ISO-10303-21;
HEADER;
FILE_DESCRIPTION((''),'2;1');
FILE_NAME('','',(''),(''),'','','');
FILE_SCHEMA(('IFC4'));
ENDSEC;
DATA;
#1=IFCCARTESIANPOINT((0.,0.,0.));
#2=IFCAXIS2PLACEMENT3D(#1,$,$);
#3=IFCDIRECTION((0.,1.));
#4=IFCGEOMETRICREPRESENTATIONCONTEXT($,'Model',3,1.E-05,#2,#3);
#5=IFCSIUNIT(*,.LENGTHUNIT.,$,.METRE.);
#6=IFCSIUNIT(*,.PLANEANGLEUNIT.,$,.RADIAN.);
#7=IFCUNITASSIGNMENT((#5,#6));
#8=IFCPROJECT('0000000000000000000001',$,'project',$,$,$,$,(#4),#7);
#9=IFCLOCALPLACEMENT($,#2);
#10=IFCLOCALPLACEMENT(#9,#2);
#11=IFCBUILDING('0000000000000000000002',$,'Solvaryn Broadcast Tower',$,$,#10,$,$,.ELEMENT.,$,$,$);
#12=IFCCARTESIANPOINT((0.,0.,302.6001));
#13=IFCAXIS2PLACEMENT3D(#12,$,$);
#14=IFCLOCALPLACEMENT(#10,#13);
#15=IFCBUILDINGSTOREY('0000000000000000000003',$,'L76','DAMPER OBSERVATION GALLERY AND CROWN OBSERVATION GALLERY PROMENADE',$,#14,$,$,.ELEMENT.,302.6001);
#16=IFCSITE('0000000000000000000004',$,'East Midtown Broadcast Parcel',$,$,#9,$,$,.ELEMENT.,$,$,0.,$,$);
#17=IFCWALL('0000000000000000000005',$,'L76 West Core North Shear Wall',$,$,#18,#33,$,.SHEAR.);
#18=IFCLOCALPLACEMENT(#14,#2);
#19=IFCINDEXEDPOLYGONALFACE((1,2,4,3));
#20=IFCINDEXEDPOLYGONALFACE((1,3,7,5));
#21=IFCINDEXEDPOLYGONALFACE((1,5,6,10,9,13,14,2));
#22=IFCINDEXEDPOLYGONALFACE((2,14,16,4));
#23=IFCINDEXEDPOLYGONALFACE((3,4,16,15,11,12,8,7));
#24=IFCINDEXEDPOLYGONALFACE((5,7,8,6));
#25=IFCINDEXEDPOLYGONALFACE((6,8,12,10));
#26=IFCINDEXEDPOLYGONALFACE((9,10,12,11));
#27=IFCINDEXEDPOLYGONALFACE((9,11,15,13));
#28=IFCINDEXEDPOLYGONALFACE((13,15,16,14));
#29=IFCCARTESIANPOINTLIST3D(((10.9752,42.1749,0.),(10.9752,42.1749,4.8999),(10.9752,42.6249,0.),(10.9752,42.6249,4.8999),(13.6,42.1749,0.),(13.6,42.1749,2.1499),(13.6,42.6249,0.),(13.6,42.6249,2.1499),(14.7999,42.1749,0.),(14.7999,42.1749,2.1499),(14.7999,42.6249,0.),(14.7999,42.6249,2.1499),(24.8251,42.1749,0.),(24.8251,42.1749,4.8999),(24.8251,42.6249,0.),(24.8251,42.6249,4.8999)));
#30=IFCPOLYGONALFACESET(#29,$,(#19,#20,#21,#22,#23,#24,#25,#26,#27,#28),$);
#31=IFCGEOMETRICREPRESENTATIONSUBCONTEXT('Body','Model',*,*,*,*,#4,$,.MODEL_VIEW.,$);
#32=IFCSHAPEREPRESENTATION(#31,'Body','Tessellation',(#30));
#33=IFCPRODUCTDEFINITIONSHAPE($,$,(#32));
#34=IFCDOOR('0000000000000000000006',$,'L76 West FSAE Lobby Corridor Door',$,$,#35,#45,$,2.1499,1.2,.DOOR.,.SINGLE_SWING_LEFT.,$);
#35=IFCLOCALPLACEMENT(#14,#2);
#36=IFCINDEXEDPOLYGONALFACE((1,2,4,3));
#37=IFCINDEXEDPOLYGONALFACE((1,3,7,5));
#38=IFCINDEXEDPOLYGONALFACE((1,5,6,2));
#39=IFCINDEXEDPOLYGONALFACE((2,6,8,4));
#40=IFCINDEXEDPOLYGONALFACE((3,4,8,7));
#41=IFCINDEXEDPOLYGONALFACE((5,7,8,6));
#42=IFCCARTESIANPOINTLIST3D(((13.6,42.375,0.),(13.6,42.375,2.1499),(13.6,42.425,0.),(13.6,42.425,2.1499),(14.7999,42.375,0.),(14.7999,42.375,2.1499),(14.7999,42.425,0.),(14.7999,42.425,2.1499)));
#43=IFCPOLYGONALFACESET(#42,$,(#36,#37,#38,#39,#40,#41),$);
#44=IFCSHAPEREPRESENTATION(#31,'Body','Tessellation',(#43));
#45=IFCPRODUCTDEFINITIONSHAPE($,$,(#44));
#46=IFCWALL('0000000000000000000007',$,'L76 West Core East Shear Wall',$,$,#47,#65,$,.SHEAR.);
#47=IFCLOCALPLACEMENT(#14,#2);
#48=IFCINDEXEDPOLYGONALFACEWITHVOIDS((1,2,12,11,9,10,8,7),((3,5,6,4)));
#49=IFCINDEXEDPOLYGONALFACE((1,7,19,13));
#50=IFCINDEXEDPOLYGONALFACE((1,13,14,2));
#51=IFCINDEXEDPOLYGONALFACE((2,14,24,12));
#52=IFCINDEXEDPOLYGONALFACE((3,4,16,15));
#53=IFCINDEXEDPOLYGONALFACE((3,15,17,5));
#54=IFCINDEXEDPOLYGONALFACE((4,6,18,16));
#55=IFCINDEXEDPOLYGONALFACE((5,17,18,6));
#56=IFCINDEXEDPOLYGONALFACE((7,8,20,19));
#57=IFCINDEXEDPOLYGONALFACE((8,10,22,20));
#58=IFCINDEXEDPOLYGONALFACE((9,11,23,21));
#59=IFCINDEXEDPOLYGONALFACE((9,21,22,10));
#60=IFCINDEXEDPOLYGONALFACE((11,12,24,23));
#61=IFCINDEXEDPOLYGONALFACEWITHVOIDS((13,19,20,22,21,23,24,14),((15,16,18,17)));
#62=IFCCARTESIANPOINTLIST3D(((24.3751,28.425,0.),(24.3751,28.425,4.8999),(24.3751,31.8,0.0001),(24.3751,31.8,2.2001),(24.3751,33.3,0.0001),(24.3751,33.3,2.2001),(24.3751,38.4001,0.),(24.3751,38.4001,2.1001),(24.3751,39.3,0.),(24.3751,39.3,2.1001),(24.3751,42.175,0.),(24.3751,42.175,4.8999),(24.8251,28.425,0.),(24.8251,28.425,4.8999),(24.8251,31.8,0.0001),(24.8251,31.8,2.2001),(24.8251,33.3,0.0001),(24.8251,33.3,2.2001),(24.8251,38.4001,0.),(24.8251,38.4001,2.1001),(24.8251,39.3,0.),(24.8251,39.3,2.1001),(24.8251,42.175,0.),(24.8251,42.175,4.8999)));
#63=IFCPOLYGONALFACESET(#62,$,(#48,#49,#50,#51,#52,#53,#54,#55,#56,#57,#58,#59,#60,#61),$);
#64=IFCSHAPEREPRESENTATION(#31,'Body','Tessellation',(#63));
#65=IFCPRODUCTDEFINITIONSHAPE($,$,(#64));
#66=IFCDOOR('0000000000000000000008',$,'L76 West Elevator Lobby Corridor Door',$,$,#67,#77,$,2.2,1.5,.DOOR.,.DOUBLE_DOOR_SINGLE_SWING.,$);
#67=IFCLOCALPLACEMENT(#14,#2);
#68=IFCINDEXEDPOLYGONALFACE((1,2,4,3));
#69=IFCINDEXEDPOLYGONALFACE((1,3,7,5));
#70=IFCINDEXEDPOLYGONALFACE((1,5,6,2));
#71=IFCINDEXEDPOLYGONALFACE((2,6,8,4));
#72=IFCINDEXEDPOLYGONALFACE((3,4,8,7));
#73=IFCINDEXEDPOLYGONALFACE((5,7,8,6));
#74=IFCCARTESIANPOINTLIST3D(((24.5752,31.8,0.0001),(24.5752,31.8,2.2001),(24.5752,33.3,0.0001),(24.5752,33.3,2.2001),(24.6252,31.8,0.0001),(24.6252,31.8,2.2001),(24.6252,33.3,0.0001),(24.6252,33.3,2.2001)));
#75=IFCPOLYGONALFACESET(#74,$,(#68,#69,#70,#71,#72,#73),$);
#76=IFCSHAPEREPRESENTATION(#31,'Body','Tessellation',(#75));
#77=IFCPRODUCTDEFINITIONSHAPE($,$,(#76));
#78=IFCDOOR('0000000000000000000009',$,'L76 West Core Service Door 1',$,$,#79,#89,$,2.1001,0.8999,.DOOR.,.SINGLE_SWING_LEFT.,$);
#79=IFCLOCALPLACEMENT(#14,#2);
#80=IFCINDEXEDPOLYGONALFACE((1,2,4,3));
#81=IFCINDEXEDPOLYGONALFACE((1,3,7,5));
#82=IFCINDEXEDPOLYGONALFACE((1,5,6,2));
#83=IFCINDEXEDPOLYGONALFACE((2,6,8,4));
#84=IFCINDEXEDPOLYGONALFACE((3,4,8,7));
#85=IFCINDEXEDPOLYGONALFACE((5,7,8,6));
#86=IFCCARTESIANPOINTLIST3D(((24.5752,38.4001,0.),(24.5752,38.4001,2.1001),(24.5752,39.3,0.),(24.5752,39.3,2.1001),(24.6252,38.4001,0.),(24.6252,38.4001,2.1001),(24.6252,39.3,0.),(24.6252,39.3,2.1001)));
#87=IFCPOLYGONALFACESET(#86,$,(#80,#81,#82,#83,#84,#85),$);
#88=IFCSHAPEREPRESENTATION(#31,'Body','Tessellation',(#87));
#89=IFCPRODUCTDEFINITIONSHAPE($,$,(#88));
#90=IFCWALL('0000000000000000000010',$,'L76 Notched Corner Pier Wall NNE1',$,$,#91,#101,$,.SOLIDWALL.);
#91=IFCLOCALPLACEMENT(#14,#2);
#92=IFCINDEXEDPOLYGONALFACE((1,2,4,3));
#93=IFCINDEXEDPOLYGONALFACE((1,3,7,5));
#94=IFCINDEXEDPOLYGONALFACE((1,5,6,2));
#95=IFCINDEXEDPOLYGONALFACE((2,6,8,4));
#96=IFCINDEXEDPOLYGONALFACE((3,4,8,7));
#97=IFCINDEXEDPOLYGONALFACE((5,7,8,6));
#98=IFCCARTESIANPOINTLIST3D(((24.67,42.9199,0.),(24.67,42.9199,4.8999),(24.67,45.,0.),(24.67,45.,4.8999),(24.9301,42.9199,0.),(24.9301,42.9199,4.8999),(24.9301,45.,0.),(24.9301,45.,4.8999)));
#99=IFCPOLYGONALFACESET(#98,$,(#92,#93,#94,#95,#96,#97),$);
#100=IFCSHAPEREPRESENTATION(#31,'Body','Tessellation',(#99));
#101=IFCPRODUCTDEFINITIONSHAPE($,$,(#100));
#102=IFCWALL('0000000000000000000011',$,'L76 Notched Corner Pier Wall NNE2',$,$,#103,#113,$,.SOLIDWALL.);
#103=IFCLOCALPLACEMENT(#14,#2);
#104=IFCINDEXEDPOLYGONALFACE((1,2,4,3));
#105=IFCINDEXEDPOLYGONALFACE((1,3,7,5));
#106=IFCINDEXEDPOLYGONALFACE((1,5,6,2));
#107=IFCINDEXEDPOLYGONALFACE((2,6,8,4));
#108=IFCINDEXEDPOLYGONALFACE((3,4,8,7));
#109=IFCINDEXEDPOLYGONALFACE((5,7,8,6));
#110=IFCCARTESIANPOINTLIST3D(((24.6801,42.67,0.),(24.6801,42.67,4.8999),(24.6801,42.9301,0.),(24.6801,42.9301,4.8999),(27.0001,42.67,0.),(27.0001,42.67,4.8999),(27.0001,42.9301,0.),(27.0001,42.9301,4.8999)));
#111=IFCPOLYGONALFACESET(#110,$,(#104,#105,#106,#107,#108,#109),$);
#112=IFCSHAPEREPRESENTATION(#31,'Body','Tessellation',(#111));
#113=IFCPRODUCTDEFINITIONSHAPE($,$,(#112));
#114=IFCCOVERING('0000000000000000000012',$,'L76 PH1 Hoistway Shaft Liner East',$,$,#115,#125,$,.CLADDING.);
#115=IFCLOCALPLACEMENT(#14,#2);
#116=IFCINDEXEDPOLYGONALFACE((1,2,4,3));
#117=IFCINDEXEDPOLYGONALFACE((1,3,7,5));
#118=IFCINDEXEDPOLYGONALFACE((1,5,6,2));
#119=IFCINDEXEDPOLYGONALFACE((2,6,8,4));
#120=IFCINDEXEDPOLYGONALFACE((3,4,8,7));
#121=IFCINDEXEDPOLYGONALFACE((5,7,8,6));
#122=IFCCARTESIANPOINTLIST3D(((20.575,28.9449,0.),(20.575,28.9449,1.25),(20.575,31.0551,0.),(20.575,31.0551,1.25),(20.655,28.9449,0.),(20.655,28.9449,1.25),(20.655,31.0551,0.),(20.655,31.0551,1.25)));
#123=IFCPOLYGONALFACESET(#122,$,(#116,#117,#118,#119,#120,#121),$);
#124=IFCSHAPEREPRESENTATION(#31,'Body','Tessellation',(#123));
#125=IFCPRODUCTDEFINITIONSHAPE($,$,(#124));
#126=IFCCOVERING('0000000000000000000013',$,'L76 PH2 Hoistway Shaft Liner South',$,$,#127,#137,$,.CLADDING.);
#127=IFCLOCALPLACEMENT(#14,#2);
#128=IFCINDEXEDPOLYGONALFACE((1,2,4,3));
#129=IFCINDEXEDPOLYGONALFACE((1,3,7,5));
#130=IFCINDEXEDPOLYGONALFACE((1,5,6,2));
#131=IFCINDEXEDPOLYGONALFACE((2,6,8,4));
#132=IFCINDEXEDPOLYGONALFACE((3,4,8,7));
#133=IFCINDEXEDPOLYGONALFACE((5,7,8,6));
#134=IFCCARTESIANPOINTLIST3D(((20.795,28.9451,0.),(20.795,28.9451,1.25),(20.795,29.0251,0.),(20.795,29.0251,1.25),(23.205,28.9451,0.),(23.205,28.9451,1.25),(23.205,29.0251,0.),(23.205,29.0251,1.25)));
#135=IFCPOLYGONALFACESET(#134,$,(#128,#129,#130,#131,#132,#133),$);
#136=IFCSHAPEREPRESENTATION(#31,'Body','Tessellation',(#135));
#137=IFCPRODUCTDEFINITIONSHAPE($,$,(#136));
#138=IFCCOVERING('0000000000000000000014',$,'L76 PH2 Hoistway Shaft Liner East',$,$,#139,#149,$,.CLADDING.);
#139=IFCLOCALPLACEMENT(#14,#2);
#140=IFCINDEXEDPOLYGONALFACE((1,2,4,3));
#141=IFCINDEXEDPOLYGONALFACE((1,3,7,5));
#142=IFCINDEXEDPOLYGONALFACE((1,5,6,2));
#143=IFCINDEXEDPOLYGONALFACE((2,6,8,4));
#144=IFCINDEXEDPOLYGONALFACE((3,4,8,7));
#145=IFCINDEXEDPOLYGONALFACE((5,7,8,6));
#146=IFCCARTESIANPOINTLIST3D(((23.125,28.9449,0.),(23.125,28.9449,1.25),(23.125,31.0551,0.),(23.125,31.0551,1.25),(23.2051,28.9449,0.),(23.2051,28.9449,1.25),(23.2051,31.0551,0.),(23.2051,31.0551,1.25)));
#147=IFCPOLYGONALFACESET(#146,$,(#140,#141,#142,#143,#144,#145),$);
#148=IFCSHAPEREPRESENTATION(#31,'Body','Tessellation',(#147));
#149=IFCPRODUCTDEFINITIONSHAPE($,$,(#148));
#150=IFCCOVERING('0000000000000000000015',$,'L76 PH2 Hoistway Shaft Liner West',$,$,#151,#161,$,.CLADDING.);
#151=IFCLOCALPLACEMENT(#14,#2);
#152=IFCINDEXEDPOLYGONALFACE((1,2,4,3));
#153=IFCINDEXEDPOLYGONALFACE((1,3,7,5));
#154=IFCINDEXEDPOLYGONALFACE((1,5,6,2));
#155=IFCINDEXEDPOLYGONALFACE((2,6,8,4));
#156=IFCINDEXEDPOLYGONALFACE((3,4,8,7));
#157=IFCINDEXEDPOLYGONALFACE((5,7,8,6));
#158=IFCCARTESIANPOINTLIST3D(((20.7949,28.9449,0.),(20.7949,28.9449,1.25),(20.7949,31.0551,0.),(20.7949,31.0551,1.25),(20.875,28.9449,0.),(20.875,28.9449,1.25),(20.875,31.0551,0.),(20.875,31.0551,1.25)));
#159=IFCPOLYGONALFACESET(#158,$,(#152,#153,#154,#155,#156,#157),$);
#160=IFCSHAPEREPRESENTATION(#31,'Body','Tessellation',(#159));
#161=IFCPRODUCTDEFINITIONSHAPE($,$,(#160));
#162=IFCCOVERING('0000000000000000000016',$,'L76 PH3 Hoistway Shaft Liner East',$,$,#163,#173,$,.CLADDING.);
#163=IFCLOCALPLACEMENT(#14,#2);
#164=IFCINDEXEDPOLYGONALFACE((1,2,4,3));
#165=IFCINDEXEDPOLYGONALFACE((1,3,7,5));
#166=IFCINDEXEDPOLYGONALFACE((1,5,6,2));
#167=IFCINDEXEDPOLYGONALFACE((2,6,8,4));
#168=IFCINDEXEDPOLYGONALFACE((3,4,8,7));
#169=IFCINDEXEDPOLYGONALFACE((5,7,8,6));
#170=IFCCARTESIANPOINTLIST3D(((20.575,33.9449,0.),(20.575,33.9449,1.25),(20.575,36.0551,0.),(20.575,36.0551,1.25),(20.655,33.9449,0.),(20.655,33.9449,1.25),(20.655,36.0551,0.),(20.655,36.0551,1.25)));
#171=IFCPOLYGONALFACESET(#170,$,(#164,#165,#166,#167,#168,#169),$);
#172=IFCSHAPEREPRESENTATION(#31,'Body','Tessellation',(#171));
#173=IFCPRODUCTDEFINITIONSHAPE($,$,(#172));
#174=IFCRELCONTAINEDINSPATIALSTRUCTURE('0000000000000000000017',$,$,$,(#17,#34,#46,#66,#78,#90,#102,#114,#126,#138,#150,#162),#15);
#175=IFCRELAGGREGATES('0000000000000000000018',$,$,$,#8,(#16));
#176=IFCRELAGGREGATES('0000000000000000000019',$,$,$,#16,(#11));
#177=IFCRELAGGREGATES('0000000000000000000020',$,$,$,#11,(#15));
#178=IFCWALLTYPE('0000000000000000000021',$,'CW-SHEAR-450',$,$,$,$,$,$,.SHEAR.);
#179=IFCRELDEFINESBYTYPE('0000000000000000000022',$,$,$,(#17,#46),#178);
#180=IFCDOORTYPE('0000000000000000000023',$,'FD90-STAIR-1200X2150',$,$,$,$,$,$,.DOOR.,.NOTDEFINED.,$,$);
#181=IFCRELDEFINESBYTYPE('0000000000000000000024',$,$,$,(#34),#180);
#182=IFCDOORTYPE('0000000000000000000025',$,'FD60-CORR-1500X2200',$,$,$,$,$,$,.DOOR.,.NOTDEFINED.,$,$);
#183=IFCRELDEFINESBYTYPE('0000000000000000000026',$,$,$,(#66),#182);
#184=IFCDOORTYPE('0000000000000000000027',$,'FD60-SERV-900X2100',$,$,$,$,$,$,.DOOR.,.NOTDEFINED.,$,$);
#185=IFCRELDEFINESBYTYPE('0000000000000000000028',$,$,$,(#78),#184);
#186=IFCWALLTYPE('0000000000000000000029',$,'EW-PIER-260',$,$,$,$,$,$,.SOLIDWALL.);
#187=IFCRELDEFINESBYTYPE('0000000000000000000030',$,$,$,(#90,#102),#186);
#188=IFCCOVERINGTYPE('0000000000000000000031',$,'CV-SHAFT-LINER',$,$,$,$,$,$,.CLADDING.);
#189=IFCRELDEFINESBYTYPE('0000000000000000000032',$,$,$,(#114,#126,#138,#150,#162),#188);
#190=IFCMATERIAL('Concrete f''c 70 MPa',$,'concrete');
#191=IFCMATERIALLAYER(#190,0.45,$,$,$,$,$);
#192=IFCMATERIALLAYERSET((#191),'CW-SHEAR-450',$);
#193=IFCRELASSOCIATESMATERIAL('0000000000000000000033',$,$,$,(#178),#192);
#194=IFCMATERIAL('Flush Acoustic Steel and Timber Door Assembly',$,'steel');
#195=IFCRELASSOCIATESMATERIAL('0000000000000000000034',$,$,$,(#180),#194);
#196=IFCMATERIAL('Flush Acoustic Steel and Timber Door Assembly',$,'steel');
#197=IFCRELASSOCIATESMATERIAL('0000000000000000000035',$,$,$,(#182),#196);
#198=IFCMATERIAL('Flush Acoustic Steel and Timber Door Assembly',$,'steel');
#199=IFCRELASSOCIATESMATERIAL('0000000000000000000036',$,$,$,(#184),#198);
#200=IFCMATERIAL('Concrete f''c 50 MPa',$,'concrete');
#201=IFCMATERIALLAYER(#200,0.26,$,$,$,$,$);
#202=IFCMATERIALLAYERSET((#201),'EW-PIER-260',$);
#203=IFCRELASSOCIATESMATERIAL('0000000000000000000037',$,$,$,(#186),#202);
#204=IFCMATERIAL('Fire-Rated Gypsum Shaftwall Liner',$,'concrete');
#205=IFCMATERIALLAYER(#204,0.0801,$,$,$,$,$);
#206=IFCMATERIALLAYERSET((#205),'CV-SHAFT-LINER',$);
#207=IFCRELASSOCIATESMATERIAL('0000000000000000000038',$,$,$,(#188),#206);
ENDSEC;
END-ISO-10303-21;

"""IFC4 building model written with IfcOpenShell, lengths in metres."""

from ifc_helpers import new_model, si_unit, direction, frame, frame_2d, origin, origin_2d, place, context, subcontext, project, spatial, rectangle, extrude, material, layer, layer_set, type_object, element, fill, save


model = new_model("IFC4")

# Units and contexts
model_context = context("Model", 3, precision=1e-05, world=origin(), true_north=direction((0.0, 1.0)))
body_context = subcontext(model_context, "Body", "Model", "MODEL_VIEW")
ifc_project = project(units=[si_unit("LENGTHUNIT", "METRE"), si_unit("PLANEANGLEUNIT", "RADIAN")], contexts=[model_context])

# Site, building, storey
site_placement = place(None, origin())
site = spatial("IfcSite", under=ifc_project, at=site_placement, Name="East Midtown Broadcast Parcel", CompositionType="ELEMENT", RefElevation=0.0)
building_placement = place(site_placement, origin())
building = spatial("IfcBuilding", under=site, at=building_placement, Name="Solvaryn Broadcast Tower", CompositionType="ELEMENT")
storey_placement = place(building_placement, frame((0.0, 0.0, 302.6001)))
storey = spatial("IfcBuildingStorey", under=building, at=storey_placement, Name="L76", Description="DAMPER OBSERVATION GALLERY AND CROWN OBSERVATION GALLERY PROMENADE", CompositionType="ELEMENT", Elevation=302.6001)

# Wall, opening, door
ifc_material_1 = material(Name="Concrete f'c 70 MPa", Category="concrete")
ifc_layer_1 = layer(ifc_material_1, 0.45)
ifc_layer_set_1 = layer_set([ifc_layer_1], Name="CW-SHEAR-450")
wall_type_1 = type_object("IfcWallType", Name="CW-SHEAR-450", PredefinedType="SHEAR", material=ifc_layer_set_1)
wall_1_placement = place(storey_placement, frame((24.825, 42.3999, 0.0), z_axis=(0.0, 0.0, 1.0), x_axis=(-1.0, 0.0, 0.0)))
wall_1 = element("IfcWall", 1, at=wall_1_placement, inside=storey, type_object=wall_type_1, Name="L76 West Core North Shear Wall", PredefinedType="SHEAR", context=body_context, shape_type="SweptSolid", body=[
    extrude(rectangle(XDim=13.8499, YDim=0.45, at=frame_2d((6.9248, 0.0))), origin(), (0.0, 0.0, 1.0), 4.8999),
])
opening_1_placement = place(wall_1_placement, frame((10.0249, 0.0, 0.0)))
opening_1 = element("IfcOpeningElement", 2, at=opening_1_placement, cuts=wall_1, PredefinedType="OPENING", context=body_context, shape_type="SweptSolid", body=[
    extrude(rectangle(XDim=1.2, YDim=2.1499, at=frame_2d((0.6001, 1.075))), frame((0.0, 0.2351, 0.0), z_axis=(0.0, -1.0, 0.0), x_axis=(1.0, 0.0, 0.0)), (0.0, 0.0, 1.0), 0.47),
])
ifc_material_2 = material(Name="Flush Acoustic Steel and Timber Door Assembly", Category="steel")
door_type_1 = type_object("IfcDoorType", Name="FD90-STAIR-1200X2150", OperationType="NOTDEFINED", PredefinedType="DOOR", material=ifc_material_2)
door_1_placement = place(opening_1_placement, origin())
door_1 = element("IfcDoor", 3, at=door_1_placement, inside=storey, type_object=door_type_1, Name="L76 West FSAE Lobby Corridor Door", OperationType="SINGLE_SWING_LEFT", OverallHeight=2.1499, OverallWidth=1.2, PredefinedType="DOOR", context=body_context, shape_type="SweptSolid", body=[
    extrude(rectangle(XDim=1.2, YDim=2.1499, at=frame_2d((0.6001, 1.075))), frame((0.0, 0.0249, 0.0), z_axis=(0.0, -1.0, 0.0), x_axis=(1.0, 0.0, 0.0)), (0.0, 0.0, 1.0), 0.05),
])
fill(opening_1, door_1)

# Wall, openings, doors
wall_2_placement = place(storey_placement, frame((24.6001, 28.425, 0.0), z_axis=(0.0, 0.0, 1.0), x_axis=(0.0, 1.0, 0.0)))
wall_2 = element("IfcWall", 4, at=wall_2_placement, inside=storey, type_object=wall_type_1, Name="L76 West Core East Shear Wall", PredefinedType="SHEAR", context=body_context, shape_type="SweptSolid", body=[
    extrude(rectangle(XDim=13.75, YDim=0.45, at=frame_2d((6.875, 0.0))), origin(), (0.0, 0.0, 1.0), 4.8999),
])
opening_2_placement = place(wall_2_placement, frame((3.375, 0.0, 0.0)))
opening_2 = element("IfcOpeningElement", 5, at=opening_2_placement, cuts=wall_2, PredefinedType="OPENING", context=body_context, shape_type="SweptSolid", body=[
    extrude(rectangle(XDim=1.5, YDim=2.2, at=frame_2d((0.75, 1.1001))), frame((0.0, 0.2351, 0.0), z_axis=(0.0, -1.0, 0.0), x_axis=(1.0, 0.0, 0.0)), (0.0, 0.0, 1.0), 0.47),
])
opening_3_placement = place(wall_2_placement, frame((9.9751, 0.0, 0.0)))
opening_3 = element("IfcOpeningElement", 6, at=opening_3_placement, cuts=wall_2, PredefinedType="OPENING", context=body_context, shape_type="SweptSolid", body=[
    extrude(rectangle(XDim=0.8999, YDim=2.1001, at=frame_2d((0.45, 1.05))), frame((0.0, 0.2351, 0.0), z_axis=(0.0, -1.0, 0.0), x_axis=(1.0, 0.0, 0.0)), (0.0, 0.0, 1.0), 0.47),
])
ifc_material_3 = material(Name="Flush Acoustic Steel and Timber Door Assembly", Category="steel")
door_type_2 = type_object("IfcDoorType", Name="FD60-CORR-1500X2200", OperationType="NOTDEFINED", PredefinedType="DOOR", material=ifc_material_3)
door_2_placement = place(opening_2_placement, origin())
door_2 = element("IfcDoor", 7, at=door_2_placement, inside=storey, type_object=door_type_2, Name="L76 West Elevator Lobby Corridor Door", OperationType="DOUBLE_DOOR_SINGLE_SWING", OverallHeight=2.2, OverallWidth=1.5, PredefinedType="DOOR", context=body_context, shape_type="SweptSolid", body=[
    extrude(rectangle(XDim=1.5, YDim=2.2, at=frame_2d((0.75, 1.1001))), frame((0.0, 0.0249, 0.0), z_axis=(0.0, -1.0, 0.0), x_axis=(1.0, 0.0, 0.0)), (0.0, 0.0, 1.0), 0.05),
])
fill(opening_2, door_2)
ifc_material_4 = material(Name="Flush Acoustic Steel and Timber Door Assembly", Category="steel")
door_type_3 = type_object("IfcDoorType", Name="FD60-SERV-900X2100", OperationType="NOTDEFINED", PredefinedType="DOOR", material=ifc_material_4)
door_3_placement = place(opening_3_placement, origin())
door_3 = element("IfcDoor", 8, at=door_3_placement, inside=storey, type_object=door_type_3, Name="L76 West Core Service Door 1", OperationType="SINGLE_SWING_LEFT", OverallHeight=2.1001, OverallWidth=0.8999, PredefinedType="DOOR", context=body_context, shape_type="SweptSolid", body=[
    extrude(rectangle(XDim=0.8999, YDim=2.1001, at=frame_2d((0.45, 1.05))), frame((0.0, 0.0249, 0.0), z_axis=(0.0, -1.0, 0.0), x_axis=(1.0, 0.0, 0.0)), (0.0, 0.0, 1.0), 0.05),
])
fill(opening_3, door_3)

# Walls
ifc_material_5 = material(Name="Concrete f'c 50 MPa", Category="concrete")
ifc_layer_2 = layer(ifc_material_5, 0.26)
ifc_layer_set_2 = layer_set([ifc_layer_2], Name="EW-PIER-260")
wall_type_2 = type_object("IfcWallType", Name="EW-PIER-260", PredefinedType="SOLIDWALL", material=ifc_layer_set_2)
wall_3_placement = place(storey_placement, frame((24.8, 45.0, 0.0), z_axis=(0.0, 0.0, 1.0), x_axis=(0.0, -1.0, 0.0)))
element("IfcWall", 9, at=wall_3_placement, inside=storey, type_object=wall_type_2, Name="L76 Notched Corner Pier Wall NNE1", PredefinedType="SOLIDWALL", context=body_context, shape_type="SweptSolid", body=[
    extrude(rectangle(XDim=2.0801, YDim=0.26, at=frame_2d((1.04, 0.0))), origin(), (0.0, 0.0, 1.0), 4.8999),
])
wall_4_placement = place(storey_placement, frame((24.6799, 42.8, 0.0), z_axis=(0.0, 0.0, 1.0), x_axis=(1.0, 0.0, 0.0)))
element("IfcWall", 10, at=wall_4_placement, inside=storey, type_object=wall_type_2, Name="L76 Notched Corner Pier Wall NNE2", PredefinedType="SOLIDWALL", context=body_context, shape_type="SweptSolid", body=[
    extrude(rectangle(XDim=2.3201, YDim=0.26, at=frame_2d((1.1602, 0.0))), origin(), (0.0, 0.0, 1.0), 4.8999),
])

# Coverings
ifc_material_6 = material(Name="Fire-Rated Gypsum Shaftwall Liner", Category="concrete")
ifc_layer_3 = layer(ifc_material_6, 0.0801)
ifc_layer_set_3 = layer_set([ifc_layer_3], Name="CV-SHAFT-LINER")
covering_type = type_object("IfcCoveringType", Name="CV-SHAFT-LINER", PredefinedType="CLADDING", material=ifc_layer_set_3)
covering_1_placement = place(storey_placement, frame((20.615, 30.0, 0.0), z_axis=(0.0, 0.0, 1.0), x_axis=(1.0, 0.0, 0.0)))
element("IfcCovering", 11, at=covering_1_placement, inside=storey, type_object=covering_type, Name="L76 PH1 Hoistway Shaft Liner East", PredefinedType="CLADDING", context=body_context, shape_type="SweptSolid", body=[
    extrude(rectangle(XDim=0.0801, YDim=2.1101, at=origin_2d()), origin(), (0.0, 0.0, 1.0), 1.25),
])
covering_2_placement = place(storey_placement, frame((22.0, 28.9851, 0.0), z_axis=(0.0, 0.0, 1.0), x_axis=(1.0, 0.0, 0.0)))
element("IfcCovering", 12, at=covering_2_placement, inside=storey, type_object=covering_type, Name="L76 PH2 Hoistway Shaft Liner South", PredefinedType="CLADDING", context=body_context, shape_type="SweptSolid", body=[
    extrude(rectangle(XDim=2.4099, YDim=0.0801, at=origin_2d()), origin(), (0.0, 0.0, 1.0), 1.25),
])
for number, where, z_axis, x_axis, name in (
    (13, (23.165, 30.0, 0.0), (0.0, 0.0, 1.0), (1.0, 0.0, 0.0), "L76 PH2 Hoistway Shaft Liner East"),
    (14, (20.835, 30.0, 0.0), (0.0, 0.0, 1.0), (1.0, 0.0, 0.0), "L76 PH2 Hoistway Shaft Liner West"),
    (15, (20.615, 35.0, 0.0), (0.0, 0.0, 1.0), (1.0, 0.0, 0.0), "L76 PH3 Hoistway Shaft Liner East"),
):
    element("IfcCovering", number, at=place(storey_placement, frame(where, z_axis=z_axis, x_axis=x_axis)), inside=storey, type_object=covering_type, Name=name, PredefinedType="CLADDING", context=body_context, shape_type="SweptSolid", body=[
        extrude(rectangle(XDim=0.0801, YDim=2.1101, at=origin_2d()), origin(), (0.0, 0.0, 1.0), 1.25),
    ])

save(model, "model.ifc")
